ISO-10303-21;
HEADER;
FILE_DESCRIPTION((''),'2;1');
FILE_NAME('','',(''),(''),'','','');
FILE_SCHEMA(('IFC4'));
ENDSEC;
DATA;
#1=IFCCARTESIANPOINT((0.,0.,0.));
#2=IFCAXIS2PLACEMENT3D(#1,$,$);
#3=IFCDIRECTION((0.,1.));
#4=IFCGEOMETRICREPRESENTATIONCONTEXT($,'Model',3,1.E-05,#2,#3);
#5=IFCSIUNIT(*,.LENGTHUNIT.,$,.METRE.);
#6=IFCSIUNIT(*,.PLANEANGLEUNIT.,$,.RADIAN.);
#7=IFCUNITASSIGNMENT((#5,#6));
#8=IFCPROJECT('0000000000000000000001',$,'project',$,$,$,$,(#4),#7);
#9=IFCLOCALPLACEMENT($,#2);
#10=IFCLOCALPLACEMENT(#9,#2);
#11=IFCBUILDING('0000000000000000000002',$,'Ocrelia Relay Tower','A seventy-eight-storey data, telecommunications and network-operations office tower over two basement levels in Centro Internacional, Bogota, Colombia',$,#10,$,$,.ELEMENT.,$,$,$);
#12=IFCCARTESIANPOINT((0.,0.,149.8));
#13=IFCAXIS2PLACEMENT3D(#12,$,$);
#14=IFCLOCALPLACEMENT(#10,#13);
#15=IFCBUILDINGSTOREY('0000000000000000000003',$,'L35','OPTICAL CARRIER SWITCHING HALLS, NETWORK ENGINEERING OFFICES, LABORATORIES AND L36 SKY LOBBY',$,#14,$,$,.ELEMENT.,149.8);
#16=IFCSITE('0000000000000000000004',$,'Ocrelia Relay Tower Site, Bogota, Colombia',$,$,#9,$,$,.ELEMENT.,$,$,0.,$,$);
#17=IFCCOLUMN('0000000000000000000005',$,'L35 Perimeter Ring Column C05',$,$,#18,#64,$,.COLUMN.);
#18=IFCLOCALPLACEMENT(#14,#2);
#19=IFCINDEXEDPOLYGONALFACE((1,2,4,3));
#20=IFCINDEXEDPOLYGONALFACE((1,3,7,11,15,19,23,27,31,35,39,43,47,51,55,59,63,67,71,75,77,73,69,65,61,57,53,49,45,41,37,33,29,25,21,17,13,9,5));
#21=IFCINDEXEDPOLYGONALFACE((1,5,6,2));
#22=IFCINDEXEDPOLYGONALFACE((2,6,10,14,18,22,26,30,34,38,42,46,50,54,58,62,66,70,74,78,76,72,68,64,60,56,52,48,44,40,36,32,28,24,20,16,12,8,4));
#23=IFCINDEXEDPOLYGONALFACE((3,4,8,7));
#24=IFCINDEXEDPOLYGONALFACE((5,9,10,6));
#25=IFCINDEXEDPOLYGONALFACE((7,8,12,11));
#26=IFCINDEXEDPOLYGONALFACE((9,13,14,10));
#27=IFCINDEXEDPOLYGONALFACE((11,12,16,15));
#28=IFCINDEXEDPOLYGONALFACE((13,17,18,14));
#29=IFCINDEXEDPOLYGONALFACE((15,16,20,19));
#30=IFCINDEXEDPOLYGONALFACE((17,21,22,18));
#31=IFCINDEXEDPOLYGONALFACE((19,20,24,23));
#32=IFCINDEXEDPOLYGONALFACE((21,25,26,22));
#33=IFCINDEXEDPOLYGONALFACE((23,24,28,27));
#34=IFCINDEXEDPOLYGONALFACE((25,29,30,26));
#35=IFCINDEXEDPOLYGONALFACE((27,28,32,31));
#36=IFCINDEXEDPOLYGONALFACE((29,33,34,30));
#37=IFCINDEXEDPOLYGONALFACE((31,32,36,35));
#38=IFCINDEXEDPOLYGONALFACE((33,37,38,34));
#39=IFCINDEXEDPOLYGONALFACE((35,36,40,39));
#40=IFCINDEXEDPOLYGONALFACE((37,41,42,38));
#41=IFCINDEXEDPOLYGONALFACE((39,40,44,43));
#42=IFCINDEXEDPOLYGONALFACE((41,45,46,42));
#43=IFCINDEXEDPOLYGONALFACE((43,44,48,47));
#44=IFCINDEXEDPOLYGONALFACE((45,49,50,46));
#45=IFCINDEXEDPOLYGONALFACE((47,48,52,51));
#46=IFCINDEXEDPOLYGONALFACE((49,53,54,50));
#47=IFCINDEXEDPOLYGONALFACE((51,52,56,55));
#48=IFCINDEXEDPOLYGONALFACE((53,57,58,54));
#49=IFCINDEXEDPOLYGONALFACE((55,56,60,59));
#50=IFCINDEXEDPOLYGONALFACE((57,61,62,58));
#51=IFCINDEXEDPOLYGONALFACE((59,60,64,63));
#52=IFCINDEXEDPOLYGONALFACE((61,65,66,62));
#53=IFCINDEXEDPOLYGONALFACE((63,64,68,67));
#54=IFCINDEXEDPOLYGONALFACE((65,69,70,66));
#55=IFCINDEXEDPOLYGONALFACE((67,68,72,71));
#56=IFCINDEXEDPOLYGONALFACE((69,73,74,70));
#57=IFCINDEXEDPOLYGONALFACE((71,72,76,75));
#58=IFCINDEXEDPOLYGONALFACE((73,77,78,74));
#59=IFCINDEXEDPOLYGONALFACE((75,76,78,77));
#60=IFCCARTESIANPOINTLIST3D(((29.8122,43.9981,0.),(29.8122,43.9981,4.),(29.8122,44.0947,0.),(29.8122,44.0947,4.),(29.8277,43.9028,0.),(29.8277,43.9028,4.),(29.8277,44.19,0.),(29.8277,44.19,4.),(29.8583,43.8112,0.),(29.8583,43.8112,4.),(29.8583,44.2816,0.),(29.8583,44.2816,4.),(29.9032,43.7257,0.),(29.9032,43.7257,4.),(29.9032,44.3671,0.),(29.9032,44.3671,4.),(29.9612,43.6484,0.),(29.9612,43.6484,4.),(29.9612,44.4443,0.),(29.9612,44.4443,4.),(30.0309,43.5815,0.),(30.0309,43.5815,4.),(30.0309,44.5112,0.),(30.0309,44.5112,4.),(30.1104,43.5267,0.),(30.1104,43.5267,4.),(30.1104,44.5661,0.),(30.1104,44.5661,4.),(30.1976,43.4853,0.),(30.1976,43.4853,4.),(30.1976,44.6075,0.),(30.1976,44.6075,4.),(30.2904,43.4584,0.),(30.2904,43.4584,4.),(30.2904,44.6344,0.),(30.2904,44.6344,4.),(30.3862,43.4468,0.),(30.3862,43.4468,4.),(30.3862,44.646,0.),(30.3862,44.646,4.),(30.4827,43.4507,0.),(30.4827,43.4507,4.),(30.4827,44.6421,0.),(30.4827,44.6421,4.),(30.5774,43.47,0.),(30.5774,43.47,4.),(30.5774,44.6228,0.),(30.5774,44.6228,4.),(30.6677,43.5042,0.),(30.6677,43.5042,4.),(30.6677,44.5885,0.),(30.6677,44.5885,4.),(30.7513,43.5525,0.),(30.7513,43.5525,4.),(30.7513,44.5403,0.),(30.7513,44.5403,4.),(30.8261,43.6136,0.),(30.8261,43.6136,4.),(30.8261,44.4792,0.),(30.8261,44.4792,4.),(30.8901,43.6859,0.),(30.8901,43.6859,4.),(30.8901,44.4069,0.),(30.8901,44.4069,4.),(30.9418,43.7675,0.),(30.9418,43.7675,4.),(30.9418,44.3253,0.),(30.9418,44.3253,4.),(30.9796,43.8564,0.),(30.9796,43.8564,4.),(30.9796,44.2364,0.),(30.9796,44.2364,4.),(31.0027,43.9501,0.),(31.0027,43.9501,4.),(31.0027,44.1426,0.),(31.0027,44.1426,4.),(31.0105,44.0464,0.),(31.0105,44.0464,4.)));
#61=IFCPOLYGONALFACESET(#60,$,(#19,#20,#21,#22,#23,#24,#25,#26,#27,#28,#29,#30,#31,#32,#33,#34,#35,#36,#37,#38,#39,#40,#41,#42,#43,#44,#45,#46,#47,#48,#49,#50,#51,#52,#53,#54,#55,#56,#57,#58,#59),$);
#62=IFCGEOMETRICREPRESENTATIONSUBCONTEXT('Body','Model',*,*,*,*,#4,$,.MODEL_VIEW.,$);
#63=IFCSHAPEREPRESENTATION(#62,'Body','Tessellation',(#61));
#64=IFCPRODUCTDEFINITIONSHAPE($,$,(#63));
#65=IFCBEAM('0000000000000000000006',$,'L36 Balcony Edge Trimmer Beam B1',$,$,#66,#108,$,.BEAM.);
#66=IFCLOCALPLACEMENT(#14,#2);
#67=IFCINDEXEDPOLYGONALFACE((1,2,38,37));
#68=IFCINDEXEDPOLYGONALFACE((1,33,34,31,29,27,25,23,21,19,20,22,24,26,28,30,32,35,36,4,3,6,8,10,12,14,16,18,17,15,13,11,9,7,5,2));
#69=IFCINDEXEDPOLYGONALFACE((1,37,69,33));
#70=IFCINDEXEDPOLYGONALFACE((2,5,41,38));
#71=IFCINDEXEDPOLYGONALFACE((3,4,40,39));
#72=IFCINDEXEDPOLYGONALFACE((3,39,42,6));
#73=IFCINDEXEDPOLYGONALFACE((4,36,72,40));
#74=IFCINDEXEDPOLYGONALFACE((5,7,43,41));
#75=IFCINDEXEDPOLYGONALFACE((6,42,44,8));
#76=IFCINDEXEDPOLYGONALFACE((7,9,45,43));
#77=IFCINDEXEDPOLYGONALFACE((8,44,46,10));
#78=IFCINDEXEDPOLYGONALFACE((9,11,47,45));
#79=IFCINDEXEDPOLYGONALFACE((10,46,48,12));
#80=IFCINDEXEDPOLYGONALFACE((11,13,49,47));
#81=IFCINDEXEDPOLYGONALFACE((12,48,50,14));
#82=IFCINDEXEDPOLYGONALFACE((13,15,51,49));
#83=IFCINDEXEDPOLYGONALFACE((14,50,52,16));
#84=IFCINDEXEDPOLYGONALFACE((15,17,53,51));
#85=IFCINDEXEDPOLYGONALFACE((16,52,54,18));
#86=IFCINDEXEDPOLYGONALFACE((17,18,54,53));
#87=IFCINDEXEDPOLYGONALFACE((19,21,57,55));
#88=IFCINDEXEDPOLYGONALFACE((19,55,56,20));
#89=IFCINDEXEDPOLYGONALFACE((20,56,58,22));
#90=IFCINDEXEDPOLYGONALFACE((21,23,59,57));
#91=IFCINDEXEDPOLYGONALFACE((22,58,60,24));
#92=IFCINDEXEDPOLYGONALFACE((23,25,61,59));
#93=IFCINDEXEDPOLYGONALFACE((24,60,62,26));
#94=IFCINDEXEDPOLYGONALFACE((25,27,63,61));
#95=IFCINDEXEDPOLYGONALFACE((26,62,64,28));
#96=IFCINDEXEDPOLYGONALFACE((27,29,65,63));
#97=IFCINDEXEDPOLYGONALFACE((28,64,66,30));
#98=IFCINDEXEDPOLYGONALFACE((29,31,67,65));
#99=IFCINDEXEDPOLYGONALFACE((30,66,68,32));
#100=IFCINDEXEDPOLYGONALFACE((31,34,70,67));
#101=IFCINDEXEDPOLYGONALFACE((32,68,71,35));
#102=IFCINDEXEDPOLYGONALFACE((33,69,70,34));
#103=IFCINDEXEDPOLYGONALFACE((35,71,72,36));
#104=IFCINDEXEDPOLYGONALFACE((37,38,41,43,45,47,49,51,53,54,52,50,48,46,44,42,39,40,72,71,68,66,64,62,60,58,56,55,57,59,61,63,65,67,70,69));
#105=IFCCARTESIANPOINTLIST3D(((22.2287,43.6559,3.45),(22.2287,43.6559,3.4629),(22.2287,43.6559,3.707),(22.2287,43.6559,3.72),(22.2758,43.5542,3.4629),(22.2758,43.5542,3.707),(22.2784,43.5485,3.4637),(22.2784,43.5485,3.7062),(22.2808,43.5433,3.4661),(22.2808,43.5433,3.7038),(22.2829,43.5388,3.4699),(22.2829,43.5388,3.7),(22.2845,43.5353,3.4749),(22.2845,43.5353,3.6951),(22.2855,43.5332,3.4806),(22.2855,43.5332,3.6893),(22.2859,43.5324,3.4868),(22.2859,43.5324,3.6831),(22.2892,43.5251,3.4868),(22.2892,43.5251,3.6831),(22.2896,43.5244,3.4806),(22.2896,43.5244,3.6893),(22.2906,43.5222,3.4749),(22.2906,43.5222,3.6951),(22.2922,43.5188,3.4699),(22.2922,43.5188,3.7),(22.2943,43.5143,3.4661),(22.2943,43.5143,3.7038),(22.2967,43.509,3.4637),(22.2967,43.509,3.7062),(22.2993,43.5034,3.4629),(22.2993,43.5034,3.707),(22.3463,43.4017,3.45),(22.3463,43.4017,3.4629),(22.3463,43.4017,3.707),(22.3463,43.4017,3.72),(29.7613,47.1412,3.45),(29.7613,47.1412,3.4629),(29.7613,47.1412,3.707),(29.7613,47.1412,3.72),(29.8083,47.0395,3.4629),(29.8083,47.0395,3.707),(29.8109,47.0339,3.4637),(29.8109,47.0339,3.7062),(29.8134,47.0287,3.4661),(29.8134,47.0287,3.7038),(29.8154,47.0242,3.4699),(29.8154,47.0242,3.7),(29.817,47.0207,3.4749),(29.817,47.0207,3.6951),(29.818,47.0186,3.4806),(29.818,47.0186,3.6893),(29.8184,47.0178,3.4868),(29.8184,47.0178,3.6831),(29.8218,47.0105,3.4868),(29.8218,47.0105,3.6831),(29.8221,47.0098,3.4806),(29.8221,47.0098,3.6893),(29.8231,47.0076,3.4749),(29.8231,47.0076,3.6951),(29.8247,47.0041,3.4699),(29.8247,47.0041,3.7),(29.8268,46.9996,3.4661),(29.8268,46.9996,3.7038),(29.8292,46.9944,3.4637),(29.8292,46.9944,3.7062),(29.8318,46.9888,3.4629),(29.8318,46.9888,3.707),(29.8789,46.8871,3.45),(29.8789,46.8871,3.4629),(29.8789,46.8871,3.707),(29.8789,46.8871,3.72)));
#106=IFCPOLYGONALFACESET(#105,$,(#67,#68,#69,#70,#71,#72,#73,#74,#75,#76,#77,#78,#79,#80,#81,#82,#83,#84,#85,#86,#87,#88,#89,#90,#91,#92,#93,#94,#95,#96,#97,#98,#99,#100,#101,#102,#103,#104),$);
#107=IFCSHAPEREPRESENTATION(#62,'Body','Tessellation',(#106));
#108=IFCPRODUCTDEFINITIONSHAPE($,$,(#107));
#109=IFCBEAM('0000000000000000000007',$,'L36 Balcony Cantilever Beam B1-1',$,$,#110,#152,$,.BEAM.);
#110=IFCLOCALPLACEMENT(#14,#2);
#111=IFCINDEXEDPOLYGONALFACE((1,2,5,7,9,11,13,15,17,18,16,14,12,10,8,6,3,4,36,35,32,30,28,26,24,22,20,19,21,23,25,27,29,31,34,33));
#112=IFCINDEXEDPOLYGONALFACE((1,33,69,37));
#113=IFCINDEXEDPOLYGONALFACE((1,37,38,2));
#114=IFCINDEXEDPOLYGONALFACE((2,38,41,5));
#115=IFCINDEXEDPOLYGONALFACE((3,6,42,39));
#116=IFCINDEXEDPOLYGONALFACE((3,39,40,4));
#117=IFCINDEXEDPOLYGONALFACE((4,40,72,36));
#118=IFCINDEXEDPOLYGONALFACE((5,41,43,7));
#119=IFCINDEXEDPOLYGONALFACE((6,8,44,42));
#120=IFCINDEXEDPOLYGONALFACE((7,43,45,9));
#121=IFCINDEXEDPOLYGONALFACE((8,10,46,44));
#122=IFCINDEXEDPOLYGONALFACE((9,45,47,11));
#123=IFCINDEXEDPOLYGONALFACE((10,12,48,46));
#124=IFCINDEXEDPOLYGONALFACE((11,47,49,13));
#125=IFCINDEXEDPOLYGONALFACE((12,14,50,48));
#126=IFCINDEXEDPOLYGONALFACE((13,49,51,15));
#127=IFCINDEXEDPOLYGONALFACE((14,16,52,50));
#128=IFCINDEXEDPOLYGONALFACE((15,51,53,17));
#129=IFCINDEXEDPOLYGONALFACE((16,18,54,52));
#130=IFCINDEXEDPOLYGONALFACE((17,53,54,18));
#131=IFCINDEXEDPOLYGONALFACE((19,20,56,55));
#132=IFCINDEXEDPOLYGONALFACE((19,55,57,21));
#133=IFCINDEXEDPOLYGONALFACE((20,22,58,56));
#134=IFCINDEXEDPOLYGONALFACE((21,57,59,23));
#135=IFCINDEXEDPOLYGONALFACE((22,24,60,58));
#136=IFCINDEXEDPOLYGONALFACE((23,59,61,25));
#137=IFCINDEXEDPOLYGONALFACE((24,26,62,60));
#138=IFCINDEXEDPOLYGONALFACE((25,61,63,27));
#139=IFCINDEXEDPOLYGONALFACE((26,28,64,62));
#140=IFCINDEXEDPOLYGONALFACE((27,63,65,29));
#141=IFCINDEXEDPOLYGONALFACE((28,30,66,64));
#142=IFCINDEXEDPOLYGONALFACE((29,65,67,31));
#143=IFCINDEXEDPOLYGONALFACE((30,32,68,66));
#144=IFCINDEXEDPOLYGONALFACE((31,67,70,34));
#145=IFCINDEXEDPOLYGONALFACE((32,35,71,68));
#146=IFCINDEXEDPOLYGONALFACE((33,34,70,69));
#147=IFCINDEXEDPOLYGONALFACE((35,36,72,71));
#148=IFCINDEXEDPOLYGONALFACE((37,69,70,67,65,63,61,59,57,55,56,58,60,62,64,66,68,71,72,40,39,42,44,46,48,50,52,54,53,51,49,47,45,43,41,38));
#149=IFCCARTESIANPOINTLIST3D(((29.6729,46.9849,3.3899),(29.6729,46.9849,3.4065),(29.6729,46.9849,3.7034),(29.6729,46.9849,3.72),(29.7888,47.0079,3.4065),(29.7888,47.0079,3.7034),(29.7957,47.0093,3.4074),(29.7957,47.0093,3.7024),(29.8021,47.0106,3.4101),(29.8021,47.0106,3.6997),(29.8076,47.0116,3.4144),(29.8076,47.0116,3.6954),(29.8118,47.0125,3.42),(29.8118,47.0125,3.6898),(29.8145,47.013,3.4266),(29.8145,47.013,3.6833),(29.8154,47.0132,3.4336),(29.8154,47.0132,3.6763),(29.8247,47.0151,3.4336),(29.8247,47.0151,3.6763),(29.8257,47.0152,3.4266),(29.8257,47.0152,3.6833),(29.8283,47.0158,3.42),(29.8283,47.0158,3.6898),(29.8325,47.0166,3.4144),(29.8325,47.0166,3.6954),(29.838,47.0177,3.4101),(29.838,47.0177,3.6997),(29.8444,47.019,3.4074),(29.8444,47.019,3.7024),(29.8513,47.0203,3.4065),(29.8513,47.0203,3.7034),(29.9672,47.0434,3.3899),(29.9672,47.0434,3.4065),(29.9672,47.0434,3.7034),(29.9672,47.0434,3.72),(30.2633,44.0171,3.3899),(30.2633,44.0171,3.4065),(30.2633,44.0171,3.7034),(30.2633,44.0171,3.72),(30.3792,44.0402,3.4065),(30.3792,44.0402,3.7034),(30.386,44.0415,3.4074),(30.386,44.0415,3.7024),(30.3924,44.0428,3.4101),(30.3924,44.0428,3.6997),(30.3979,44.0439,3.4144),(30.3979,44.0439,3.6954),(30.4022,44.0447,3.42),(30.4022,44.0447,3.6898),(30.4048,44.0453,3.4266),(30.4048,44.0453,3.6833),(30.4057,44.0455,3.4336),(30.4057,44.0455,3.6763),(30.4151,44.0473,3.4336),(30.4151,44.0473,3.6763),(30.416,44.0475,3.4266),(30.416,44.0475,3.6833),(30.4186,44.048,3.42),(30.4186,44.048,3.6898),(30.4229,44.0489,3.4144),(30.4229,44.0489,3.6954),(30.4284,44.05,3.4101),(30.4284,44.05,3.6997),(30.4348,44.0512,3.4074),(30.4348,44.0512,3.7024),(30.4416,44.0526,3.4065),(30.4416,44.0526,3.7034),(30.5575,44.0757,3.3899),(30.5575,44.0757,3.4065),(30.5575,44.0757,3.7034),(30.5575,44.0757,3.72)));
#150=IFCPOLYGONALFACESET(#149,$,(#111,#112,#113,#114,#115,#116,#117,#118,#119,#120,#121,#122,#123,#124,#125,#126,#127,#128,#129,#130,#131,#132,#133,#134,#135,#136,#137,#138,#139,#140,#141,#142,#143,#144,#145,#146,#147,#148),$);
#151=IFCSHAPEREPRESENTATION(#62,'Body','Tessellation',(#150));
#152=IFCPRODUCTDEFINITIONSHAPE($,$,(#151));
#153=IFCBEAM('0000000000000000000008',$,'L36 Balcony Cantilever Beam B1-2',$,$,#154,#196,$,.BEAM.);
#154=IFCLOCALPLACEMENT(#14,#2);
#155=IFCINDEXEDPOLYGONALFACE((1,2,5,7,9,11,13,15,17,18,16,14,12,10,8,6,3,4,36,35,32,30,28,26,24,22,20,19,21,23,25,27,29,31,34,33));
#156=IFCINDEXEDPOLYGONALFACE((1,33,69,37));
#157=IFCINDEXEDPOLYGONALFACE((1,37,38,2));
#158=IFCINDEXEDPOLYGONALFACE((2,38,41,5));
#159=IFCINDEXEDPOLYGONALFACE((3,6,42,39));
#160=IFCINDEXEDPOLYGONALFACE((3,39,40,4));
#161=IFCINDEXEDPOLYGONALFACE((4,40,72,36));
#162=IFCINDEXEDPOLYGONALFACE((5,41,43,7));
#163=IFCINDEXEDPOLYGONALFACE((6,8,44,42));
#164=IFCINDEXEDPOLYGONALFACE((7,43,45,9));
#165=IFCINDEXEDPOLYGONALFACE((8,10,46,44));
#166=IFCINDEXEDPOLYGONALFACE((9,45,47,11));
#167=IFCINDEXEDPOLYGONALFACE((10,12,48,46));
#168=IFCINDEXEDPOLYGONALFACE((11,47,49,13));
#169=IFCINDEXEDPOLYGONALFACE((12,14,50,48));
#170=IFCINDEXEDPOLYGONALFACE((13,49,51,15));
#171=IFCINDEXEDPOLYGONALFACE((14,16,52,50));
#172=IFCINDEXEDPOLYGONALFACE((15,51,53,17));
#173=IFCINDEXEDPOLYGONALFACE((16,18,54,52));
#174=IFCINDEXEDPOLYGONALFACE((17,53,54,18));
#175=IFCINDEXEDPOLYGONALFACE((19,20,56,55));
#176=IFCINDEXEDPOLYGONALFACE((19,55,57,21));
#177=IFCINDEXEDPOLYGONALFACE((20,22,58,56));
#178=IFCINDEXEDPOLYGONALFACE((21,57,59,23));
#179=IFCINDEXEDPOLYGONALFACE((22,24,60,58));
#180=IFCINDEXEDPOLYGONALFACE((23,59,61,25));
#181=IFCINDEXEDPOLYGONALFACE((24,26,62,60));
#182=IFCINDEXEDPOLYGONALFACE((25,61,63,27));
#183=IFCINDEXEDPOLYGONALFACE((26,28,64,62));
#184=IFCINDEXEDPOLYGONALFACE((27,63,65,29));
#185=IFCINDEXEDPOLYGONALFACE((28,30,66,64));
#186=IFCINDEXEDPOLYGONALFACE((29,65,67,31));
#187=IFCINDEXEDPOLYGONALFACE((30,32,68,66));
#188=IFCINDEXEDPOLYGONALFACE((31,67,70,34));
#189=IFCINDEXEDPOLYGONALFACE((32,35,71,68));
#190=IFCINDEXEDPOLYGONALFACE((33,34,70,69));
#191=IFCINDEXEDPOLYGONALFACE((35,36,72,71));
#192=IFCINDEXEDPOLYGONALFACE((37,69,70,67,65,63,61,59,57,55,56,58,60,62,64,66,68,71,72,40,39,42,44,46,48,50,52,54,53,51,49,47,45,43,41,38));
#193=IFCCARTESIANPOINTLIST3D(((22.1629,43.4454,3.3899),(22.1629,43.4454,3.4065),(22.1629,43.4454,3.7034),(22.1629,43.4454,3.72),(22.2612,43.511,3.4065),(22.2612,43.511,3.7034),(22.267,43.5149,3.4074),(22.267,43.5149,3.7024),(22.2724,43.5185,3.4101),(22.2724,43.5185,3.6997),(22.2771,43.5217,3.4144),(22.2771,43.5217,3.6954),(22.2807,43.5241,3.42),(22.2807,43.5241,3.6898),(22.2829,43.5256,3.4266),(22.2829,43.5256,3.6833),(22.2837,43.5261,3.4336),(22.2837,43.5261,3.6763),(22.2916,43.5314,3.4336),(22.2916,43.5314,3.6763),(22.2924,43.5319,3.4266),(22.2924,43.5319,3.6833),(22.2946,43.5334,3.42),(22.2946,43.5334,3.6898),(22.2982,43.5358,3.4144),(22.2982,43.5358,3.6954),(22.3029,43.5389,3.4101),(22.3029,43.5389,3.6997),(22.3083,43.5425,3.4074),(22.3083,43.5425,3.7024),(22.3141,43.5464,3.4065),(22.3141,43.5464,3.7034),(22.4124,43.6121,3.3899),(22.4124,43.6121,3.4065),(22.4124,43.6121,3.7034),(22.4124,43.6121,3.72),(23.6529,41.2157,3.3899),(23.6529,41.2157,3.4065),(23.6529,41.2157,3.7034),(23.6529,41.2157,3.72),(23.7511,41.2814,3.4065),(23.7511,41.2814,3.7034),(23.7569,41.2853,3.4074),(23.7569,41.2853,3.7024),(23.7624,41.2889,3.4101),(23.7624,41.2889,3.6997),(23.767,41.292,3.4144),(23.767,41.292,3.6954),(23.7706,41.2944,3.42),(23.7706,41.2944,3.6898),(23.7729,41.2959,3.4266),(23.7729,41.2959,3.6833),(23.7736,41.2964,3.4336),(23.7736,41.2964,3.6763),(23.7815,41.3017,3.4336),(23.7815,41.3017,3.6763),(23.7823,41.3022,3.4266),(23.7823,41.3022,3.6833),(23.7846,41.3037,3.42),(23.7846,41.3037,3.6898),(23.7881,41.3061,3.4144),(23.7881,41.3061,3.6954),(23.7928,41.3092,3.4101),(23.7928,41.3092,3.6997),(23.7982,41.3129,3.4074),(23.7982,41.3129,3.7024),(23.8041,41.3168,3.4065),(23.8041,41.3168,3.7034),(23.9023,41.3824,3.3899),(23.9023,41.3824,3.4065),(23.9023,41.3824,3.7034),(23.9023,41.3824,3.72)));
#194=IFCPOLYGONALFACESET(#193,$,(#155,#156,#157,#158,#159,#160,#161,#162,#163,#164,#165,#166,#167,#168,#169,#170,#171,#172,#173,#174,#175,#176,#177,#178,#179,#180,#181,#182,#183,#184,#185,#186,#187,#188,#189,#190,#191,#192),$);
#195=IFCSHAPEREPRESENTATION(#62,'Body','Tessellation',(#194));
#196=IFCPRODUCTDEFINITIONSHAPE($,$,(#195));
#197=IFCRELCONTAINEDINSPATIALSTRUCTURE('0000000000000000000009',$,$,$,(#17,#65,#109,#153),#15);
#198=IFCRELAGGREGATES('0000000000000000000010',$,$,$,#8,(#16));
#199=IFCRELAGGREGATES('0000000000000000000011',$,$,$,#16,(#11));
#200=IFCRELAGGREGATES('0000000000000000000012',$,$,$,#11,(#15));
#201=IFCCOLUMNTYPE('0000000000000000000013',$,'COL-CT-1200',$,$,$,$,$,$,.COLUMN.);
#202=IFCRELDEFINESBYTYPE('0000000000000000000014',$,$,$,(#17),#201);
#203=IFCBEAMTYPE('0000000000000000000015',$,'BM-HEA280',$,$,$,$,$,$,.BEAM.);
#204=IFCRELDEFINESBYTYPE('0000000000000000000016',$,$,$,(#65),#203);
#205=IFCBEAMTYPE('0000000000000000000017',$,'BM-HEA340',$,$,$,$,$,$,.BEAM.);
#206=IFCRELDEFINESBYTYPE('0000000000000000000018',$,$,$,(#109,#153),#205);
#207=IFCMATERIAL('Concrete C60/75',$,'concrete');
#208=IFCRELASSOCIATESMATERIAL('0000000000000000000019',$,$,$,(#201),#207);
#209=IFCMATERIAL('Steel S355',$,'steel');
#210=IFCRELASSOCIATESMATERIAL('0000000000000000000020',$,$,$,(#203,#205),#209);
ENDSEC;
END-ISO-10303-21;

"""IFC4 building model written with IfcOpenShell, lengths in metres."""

from ifc_helpers import new_model, si_unit, direction, frame, origin, origin_2d, place, context, subcontext, project, spatial, circle, i_section, extrude, material, material_profile, profile_set, type_object, element, save


model = new_model("IFC4")

# Units and contexts
model_context = context("Model", 3, precision=1e-05, world=origin(), true_north=direction((0.0, 1.0)))
body_context = subcontext(model_context, "Body", "Model", "MODEL_VIEW")
ifc_project = project(units=[si_unit("LENGTHUNIT", "METRE"), si_unit("PLANEANGLEUNIT", "RADIAN")], contexts=[model_context])

# Site, building, storey
site_placement = place(None, origin())
site = spatial("IfcSite", under=ifc_project, at=site_placement, Name="Ocrelia Relay Tower Site, Bogota, Colombia", CompositionType="ELEMENT", RefElevation=0.0)
building_placement = place(site_placement, origin())
building = spatial("IfcBuilding", under=site, at=building_placement, Name="Ocrelia Relay Tower", Description="A seventy-eight-storey data, telecommunications and network-operations office tower over two basement levels in Centro Internacional, Bogota, Colombia", CompositionType="ELEMENT")
storey_placement = place(building_placement, frame((0.0, 0.0, 149.8)))
storey = spatial("IfcBuildingStorey", under=building, at=storey_placement, Name="L35", Description="OPTICAL CARRIER SWITCHING HALLS, NETWORK ENGINEERING OFFICES, LABORATORIES AND L36 SKY LOBBY", CompositionType="ELEMENT", Elevation=149.8)

# Column
ifc_material_1 = material(Name="Concrete C60/75", Category="concrete")
ifc_material_profile_1 = material_profile(ifc_material_1, circle(Radius=0.6001, at=origin_2d()), Name="RC-CIR-1200")
ifc_profile_set_1 = profile_set([ifc_material_profile_1], Name="Concrete C60/75")
column_type = type_object("IfcColumnType", Name="COL-CT-1200", PredefinedType="COLUMN", material=ifc_profile_set_1)
column_placement = place(storey_placement, frame((30.4104, 44.0464, 0.0), z_axis=(0.0, 0.0, 1.0), x_axis=(1.0, 0.0, 0.0)))
element("IfcColumn", 1, at=column_placement, inside=storey, type_object=column_type, Name="L35 Perimeter Ring Column C05", PredefinedType="COLUMN", context=body_context, shape_type="SweptSolid", body=[
    extrude(circle(Radius=0.6001, at=origin_2d()), origin(), (0.0, 0.0, 1.0), 4.0),
])

# Beams
ifc_material_2 = material(Name="Steel S355", Category="steel")
ifc_material_profile_2 = material_profile(ifc_material_2, i_section(OverallWidth=0.28, OverallDepth=0.27, WebThickness=0.0081, FlangeThickness=0.0129, FilletRadius=0.0239, at=origin_2d()), Name="HEA 280")
ifc_profile_set_2 = profile_set([ifc_material_profile_2], Name="Steel S355")
beam_type_1 = type_object("IfcBeamType", Name="BM-HEA280", PredefinedType="BEAM", material=ifc_profile_set_2)
beam_1_placement = place(storey_placement, frame((29.8201, 47.0142, 3.585), z_axis=(-0.907554, -0.419935, 0.0), x_axis=(0.419935, -0.907554, 0.0)))
element("IfcBeam", 2, at=beam_1_placement, inside=storey, type_object=beam_type_1, Name="L36 Balcony Edge Trimmer Beam B1", PredefinedType="BEAM", context=body_context, shape_type="SweptSolid", body=[
    extrude(i_section(OverallWidth=0.28, OverallDepth=0.27, WebThickness=0.0081, FlangeThickness=0.0129, FilletRadius=0.0239, at=origin_2d()), origin(), (0.0, 0.0, 1.0), 8.2998),
])
ifc_material_profile_3 = material_profile(ifc_material_2, i_section(OverallWidth=0.3, OverallDepth=0.3301, WebThickness=0.0095, FlangeThickness=0.0166, FilletRadius=0.0271, at=origin_2d()), Name="HEA 340")
ifc_profile_set_3 = profile_set([ifc_material_profile_3], Name="Steel S355")
beam_type_2 = type_object("IfcBeamType", Name="BM-HEA340", PredefinedType="BEAM", material=ifc_profile_set_3)
beam_2_placement = place(storey_placement, frame((30.4104, 44.0464, 3.5549), z_axis=(-0.195092, 0.980785, 0.0), x_axis=(-0.980785, -0.195092, 0.0)))
element("IfcBeam", 3, at=beam_2_placement, inside=storey, type_object=beam_type_2, Name="L36 Balcony Cantilever Beam B1-1", PredefinedType="BEAM", context=body_context, shape_type="SweptSolid", body=[
    extrude(i_section(OverallWidth=0.3, OverallDepth=0.3301, WebThickness=0.0095, FlangeThickness=0.0166, FilletRadius=0.0271, at=origin_2d()), origin(), (0.0, 0.0, 1.0), 3.0259),
])
beam_3_placement = place(storey_placement, frame((23.7776, 41.2991, 3.5549), z_axis=(-0.555603, 0.831448, 0.0), x_axis=(-0.831448, -0.555603, 0.0)))
element("IfcBeam", 4, at=beam_3_placement, inside=storey, type_object=beam_type_2, Name="L36 Balcony Cantilever Beam B1-2", PredefinedType="BEAM", context=body_context, shape_type="SweptSolid", body=[
    extrude(i_section(OverallWidth=0.3, OverallDepth=0.3301, WebThickness=0.0095, FlangeThickness=0.0166, FilletRadius=0.0271, at=origin_2d()), origin(), (0.0, 0.0, 1.0), 2.6816),
])

save(model, "model.ifc")
